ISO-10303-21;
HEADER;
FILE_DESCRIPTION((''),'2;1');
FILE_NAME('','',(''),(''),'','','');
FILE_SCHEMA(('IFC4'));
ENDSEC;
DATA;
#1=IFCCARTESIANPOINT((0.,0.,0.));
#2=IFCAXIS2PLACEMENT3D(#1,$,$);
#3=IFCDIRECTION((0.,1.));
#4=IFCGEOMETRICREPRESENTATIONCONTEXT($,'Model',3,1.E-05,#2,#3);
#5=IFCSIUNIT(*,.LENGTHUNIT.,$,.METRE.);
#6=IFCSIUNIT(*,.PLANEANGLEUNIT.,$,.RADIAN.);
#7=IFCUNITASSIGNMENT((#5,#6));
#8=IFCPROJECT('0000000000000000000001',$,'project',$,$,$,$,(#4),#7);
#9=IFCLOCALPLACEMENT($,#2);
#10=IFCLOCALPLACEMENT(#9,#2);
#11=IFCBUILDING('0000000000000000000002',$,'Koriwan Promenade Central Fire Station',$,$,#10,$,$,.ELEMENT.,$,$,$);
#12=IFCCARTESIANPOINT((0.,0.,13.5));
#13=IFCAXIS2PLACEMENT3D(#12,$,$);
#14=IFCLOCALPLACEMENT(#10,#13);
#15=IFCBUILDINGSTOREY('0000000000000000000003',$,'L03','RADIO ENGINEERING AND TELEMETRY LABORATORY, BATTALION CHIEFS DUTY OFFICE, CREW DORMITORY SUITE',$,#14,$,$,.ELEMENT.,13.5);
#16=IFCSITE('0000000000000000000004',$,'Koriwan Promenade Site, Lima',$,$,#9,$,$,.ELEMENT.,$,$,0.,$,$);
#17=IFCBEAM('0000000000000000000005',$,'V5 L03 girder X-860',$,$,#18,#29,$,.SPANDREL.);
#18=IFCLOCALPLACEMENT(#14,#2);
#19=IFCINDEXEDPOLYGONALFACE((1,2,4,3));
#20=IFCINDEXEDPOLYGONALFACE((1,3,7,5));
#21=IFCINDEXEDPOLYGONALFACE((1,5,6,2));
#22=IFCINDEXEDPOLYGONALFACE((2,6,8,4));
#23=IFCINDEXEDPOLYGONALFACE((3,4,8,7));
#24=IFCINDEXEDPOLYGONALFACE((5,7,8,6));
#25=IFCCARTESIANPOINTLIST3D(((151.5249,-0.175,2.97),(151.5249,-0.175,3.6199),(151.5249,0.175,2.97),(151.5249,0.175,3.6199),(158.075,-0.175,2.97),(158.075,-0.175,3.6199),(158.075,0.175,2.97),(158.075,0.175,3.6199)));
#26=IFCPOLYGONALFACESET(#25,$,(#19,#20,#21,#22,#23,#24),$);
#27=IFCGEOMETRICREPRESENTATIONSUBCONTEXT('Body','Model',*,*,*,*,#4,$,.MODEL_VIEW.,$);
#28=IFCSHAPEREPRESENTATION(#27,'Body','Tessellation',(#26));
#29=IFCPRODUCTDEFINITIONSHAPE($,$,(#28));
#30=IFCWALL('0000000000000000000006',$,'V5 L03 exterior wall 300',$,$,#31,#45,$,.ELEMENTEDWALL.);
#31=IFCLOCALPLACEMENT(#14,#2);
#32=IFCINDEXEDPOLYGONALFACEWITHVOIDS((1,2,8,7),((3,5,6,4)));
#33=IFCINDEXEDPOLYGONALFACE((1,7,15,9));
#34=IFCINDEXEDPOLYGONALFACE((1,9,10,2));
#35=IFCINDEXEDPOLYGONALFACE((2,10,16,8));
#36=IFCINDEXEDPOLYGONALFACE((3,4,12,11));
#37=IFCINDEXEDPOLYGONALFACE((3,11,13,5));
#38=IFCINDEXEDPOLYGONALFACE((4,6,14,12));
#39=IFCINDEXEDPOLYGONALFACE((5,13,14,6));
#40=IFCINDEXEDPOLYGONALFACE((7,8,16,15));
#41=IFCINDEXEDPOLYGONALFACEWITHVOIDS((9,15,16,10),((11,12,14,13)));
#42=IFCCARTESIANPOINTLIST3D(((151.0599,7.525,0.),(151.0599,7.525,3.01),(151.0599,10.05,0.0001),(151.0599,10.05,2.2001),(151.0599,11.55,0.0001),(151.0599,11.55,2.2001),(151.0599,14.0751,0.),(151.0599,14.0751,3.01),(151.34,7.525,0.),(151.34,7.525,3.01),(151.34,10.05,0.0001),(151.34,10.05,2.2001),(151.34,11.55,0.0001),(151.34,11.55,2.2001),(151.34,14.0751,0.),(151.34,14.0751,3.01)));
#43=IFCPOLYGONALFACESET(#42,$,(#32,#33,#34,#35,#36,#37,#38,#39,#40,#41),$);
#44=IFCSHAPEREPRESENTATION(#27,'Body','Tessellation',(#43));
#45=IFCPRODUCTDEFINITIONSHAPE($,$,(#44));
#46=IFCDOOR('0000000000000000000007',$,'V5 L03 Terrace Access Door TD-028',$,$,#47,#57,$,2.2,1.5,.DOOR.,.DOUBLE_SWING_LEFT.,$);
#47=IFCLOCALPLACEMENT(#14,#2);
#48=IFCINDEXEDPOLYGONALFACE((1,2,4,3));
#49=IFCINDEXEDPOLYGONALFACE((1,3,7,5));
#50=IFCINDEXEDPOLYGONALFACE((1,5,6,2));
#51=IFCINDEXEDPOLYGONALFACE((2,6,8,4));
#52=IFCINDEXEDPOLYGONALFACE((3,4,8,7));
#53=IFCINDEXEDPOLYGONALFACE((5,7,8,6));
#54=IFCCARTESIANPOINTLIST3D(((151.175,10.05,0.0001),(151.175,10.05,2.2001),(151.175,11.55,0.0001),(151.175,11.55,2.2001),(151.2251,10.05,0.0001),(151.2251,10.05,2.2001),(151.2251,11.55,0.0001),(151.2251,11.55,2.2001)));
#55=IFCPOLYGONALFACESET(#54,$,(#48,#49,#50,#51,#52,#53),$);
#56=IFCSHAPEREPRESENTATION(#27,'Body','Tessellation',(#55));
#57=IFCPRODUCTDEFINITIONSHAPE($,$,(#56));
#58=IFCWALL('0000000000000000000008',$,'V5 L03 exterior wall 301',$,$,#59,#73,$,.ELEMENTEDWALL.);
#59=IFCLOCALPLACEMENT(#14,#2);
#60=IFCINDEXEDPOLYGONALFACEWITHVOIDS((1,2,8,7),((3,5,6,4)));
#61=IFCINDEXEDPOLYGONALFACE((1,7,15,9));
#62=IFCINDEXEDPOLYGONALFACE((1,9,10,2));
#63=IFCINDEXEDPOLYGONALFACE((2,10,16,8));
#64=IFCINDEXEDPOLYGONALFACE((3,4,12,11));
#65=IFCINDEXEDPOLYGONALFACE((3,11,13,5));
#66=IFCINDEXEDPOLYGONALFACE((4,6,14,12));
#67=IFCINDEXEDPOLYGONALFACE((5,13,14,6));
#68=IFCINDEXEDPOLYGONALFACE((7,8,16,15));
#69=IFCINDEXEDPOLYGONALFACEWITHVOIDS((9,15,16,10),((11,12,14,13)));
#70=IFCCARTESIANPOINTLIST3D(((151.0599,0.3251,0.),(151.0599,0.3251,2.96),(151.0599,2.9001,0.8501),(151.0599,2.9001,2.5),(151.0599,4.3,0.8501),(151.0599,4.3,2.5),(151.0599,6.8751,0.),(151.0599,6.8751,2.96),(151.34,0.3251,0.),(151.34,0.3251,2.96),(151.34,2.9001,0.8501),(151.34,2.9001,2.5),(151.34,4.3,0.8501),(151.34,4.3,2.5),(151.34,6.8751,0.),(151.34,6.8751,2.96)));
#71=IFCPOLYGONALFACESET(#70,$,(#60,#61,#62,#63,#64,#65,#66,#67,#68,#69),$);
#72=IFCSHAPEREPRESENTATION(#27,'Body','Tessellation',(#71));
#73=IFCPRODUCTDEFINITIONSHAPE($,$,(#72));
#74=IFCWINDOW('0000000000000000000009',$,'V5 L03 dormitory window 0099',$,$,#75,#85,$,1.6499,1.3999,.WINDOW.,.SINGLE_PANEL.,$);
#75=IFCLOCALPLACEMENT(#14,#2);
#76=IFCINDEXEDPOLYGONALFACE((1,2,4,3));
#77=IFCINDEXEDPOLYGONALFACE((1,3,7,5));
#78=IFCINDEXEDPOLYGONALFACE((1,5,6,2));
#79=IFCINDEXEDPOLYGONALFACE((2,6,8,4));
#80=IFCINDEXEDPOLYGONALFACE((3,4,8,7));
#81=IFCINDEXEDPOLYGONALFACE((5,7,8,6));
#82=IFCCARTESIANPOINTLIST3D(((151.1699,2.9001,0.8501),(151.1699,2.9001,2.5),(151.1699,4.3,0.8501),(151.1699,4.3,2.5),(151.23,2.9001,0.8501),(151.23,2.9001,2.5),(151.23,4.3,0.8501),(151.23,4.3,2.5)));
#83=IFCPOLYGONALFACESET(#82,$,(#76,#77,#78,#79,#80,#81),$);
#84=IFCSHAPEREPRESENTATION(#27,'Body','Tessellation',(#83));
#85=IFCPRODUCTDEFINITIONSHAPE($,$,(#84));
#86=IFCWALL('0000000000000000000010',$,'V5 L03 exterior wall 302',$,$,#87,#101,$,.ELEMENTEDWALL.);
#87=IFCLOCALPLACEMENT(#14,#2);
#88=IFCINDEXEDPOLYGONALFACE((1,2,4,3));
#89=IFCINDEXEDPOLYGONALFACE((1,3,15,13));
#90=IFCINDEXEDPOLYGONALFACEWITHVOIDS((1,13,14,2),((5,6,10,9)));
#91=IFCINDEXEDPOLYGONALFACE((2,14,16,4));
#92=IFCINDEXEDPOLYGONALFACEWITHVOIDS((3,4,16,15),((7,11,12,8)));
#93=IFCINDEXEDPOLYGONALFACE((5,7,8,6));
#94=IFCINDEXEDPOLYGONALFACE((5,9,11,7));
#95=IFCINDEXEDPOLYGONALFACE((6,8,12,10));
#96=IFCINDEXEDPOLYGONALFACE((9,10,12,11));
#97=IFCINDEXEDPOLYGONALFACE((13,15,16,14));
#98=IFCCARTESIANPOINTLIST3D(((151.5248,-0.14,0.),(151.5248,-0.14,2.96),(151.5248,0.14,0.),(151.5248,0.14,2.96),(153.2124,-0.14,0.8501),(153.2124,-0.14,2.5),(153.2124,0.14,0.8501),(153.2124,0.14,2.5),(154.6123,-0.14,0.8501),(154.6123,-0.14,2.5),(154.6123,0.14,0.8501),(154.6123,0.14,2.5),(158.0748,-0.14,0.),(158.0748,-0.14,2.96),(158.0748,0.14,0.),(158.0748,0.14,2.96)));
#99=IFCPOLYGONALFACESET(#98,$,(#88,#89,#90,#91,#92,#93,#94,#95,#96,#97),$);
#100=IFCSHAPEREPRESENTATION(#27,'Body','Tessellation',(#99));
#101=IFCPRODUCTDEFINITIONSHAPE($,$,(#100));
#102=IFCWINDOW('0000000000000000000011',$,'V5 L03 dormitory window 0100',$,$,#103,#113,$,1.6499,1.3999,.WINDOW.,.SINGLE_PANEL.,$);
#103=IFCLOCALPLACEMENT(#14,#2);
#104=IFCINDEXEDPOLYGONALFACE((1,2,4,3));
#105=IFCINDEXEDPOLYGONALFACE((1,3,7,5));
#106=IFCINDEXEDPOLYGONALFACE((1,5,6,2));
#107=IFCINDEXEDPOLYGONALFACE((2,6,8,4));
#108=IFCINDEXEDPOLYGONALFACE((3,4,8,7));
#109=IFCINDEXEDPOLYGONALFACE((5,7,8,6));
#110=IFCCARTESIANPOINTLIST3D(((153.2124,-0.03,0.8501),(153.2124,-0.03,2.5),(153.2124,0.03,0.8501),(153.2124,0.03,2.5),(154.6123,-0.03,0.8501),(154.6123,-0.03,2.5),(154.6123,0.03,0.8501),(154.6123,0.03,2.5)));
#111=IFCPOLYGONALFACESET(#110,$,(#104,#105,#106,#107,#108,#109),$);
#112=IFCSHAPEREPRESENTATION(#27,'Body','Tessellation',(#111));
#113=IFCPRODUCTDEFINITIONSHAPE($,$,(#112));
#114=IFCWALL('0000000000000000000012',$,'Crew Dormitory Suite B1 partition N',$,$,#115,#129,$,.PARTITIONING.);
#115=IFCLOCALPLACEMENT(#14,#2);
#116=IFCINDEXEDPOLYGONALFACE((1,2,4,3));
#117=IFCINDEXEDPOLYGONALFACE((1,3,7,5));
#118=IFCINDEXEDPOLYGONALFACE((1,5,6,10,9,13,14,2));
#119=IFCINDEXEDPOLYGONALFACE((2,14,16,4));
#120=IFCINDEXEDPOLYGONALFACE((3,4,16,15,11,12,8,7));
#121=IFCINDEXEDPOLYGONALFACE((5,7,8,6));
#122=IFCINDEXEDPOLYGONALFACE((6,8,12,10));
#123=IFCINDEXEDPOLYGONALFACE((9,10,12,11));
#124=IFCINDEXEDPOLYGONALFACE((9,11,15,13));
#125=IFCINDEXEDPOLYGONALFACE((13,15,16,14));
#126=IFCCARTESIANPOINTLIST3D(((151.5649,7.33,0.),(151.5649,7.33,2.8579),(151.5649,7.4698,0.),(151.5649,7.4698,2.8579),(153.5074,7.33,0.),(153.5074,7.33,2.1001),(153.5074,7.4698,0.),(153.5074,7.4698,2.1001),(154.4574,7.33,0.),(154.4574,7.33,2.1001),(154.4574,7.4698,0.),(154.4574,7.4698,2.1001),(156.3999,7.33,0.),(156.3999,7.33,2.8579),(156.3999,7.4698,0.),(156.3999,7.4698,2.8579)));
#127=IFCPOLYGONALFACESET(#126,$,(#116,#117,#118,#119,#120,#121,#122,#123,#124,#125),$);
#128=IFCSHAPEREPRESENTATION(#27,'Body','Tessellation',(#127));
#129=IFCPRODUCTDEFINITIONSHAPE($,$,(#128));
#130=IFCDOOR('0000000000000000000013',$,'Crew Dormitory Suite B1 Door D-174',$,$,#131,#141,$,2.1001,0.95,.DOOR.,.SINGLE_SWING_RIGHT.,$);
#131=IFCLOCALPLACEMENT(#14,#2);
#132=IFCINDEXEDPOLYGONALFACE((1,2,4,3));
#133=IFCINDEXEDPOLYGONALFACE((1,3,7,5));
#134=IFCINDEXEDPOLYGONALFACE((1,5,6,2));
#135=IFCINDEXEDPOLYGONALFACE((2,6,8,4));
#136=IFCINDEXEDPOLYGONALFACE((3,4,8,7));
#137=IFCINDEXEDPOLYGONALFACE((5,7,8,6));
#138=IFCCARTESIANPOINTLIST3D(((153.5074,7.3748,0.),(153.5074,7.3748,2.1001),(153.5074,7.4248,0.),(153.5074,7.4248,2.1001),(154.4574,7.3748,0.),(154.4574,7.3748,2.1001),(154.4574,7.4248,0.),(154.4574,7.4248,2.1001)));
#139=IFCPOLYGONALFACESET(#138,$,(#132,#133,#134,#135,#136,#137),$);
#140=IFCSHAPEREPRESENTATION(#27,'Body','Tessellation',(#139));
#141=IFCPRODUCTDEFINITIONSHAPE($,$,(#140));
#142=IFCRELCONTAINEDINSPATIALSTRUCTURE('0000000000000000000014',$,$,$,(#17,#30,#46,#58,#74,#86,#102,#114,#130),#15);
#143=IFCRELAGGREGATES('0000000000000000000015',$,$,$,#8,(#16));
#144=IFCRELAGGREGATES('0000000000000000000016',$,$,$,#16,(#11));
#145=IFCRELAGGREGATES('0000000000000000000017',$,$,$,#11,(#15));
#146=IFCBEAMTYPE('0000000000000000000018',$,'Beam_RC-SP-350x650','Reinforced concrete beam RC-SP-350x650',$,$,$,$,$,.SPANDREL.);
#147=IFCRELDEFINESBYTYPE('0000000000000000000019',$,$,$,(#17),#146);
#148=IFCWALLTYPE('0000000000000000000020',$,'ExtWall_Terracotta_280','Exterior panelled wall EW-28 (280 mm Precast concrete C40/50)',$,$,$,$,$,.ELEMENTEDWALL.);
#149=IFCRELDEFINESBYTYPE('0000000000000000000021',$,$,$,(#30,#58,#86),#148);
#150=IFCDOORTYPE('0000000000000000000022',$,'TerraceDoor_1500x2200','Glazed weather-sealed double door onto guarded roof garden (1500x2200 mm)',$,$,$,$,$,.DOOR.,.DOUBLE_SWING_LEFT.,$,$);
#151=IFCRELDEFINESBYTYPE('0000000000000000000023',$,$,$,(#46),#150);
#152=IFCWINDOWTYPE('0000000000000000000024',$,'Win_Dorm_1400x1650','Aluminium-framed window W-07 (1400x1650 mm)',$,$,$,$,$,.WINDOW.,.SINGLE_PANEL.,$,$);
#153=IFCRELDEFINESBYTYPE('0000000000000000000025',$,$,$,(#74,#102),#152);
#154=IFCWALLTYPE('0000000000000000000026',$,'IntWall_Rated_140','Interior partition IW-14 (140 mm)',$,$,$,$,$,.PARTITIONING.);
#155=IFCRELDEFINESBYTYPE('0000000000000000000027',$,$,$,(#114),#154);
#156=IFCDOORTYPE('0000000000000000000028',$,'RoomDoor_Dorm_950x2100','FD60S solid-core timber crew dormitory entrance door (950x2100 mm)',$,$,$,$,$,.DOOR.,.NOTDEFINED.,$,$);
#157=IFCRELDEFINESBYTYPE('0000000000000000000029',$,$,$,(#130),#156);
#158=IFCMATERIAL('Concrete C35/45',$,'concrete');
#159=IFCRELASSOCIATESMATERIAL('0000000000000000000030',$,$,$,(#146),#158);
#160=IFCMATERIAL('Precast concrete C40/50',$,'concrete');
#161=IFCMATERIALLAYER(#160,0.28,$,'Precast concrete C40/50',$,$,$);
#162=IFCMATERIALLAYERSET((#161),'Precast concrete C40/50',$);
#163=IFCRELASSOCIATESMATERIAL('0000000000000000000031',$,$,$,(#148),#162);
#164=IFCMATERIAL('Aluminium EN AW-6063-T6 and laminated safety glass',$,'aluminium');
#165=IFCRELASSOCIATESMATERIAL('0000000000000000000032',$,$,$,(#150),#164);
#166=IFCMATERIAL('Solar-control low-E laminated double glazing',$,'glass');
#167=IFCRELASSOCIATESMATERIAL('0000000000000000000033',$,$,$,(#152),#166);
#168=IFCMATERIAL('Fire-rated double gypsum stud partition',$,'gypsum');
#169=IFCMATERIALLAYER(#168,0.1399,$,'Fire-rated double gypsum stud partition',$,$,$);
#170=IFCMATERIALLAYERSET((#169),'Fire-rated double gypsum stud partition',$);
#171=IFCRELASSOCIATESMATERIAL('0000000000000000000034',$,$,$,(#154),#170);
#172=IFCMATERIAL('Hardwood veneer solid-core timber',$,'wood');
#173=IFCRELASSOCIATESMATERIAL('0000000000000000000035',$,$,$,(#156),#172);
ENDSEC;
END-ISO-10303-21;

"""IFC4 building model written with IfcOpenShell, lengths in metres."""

from ifc_helpers import new_model, si_unit, direction, frame, frame_2d, origin, origin_2d, place, context, subcontext, project, spatial, rectangle, extrude, material, layer, layer_set, material_profile, profile_set, type_object, element, fill, save


model = new_model("IFC4")

# Units and contexts
model_context = context("Model", 3, precision=1e-05, world=origin(), true_north=direction((0.0, 1.0)))
body_context = subcontext(model_context, "Body", "Model", "MODEL_VIEW")
ifc_project = project(units=[si_unit("LENGTHUNIT", "METRE"), si_unit("PLANEANGLEUNIT", "RADIAN")], contexts=[model_context])

# Site, building, storey
site_placement = place(None, origin())
site = spatial("IfcSite", under=ifc_project, at=site_placement, Name="Koriwan Promenade Site, Lima", CompositionType="ELEMENT", RefElevation=0.0)
building_placement = place(site_placement, origin())
building = spatial("IfcBuilding", under=site, at=building_placement, Name="Koriwan Promenade Central Fire Station", CompositionType="ELEMENT")
storey_placement = place(building_placement, frame((0.0, 0.0, 13.5)))
storey = spatial("IfcBuildingStorey", under=building, at=storey_placement, Name="L03", Description="RADIO ENGINEERING AND TELEMETRY LABORATORY, BATTALION CHIEFS DUTY OFFICE, CREW DORMITORY SUITE", CompositionType="ELEMENT", Elevation=13.5)

# Beam
ifc_material_1 = material(Name="Concrete C35/45", Category="concrete")
ifc_material_profile_1 = material_profile(ifc_material_1, rectangle(XDim=0.3501, YDim=0.6499, at=origin_2d()), Name="RC-SP-350x650")
ifc_profile_set_1 = profile_set([ifc_material_profile_1], Name="Concrete C35/45")
beam_type_1 = type_object("IfcBeamType", Name="Beam_RC-SP-350x650", Description="Reinforced concrete beam RC-SP-350x650", PredefinedType="SPANDREL", material=ifc_profile_set_1)
beam_1_placement = place(storey_placement, frame((151.5249, 0.0, 3.2949), z_axis=(1.0, 0.0, 0.0), x_axis=(0.0, 1.0, 0.0)))
element("IfcBeam", 1, at=beam_1_placement, inside=storey, type_object=beam_type_1, Name="V5 L03 girder X-860", PredefinedType="SPANDREL", context=body_context, shape_type="SweptSolid", body=[
    extrude(rectangle(XDim=0.3501, YDim=0.6499, at=origin_2d()), origin(), (0.0, 0.0, 1.0), 6.55),
])

# Wall, opening, door
ifc_material_2 = material(Name="Precast concrete C40/50", Category="concrete")
ifc_layer_1 = layer(ifc_material_2, 0.28, Name="Precast concrete C40/50")
ifc_layer_set_1 = layer_set([ifc_layer_1], Name="Precast concrete C40/50")
wall_type_1 = type_object("IfcWallType", Name="ExtWall_Terracotta_280", Description="Exterior panelled wall EW-28 (280 mm Precast concrete C40/50)", PredefinedType="ELEMENTEDWALL", material=ifc_layer_set_1)
wall_1_placement = place(storey_placement, frame((151.2, 14.075, 0.0), z_axis=(0.0, 0.0, 1.0), x_axis=(0.0, -1.0, 0.0)))
wall_1 = element("IfcWall", 2, at=wall_1_placement, inside=storey, type_object=wall_type_1, Name="V5 L03 exterior wall 300", PredefinedType="ELEMENTEDWALL", context=body_context, shape_type="SweptSolid", body=[
    extrude(rectangle(XDim=6.55, YDim=0.28, at=frame_2d((3.2749, 0.0))), origin(), (0.0, 0.0, 1.0), 3.01),
])
opening_1_placement = place(wall_1_placement, frame((2.5249, 0.0, 0.0)))
opening_1 = element("IfcOpeningElement", 3, at=opening_1_placement, cuts=wall_1, PredefinedType="OPENING", context=body_context, shape_type="SweptSolid", body=[
    extrude(rectangle(XDim=1.5, YDim=2.2, at=frame_2d((0.75, 1.1001))), frame((0.0, 0.1519, 0.0), z_axis=(0.0, -1.0, 0.0), x_axis=(1.0, 0.0, 0.0)), (0.0, 0.0, 1.0), 0.304),
])
ifc_material_3 = material(Name="Aluminium EN AW-6063-T6 and laminated safety glass", Category="aluminium")
door_type_1 = type_object("IfcDoorType", Name="TerraceDoor_1500x2200", Description="Glazed weather-sealed double door onto guarded roof garden (1500x2200 mm)", OperationType="DOUBLE_SWING_LEFT", PredefinedType="DOOR", material=ifc_material_3)
door_1_placement = place(opening_1_placement, frame((1.5, 0.0, 0.0), z_axis=(0.0, 0.0, 1.0), x_axis=(-1.0, 0.0, 0.0)))
door_1 = element("IfcDoor", 4, at=door_1_placement, inside=storey, type_object=door_type_1, Name="V5 L03 Terrace Access Door TD-028", OperationType="DOUBLE_SWING_LEFT", OverallHeight=2.2, OverallWidth=1.5, PredefinedType="DOOR", context=body_context, shape_type="SweptSolid", body=[
    extrude(rectangle(XDim=1.5, YDim=2.2, at=frame_2d((0.75, 1.1001))), frame((0.0, 0.0249, 0.0), z_axis=(0.0, -1.0, 0.0), x_axis=(1.0, 0.0, 0.0)), (0.0, 0.0, 1.0), 0.05),
])
fill(opening_1, door_1)

# Walls, openings, windows
wall_2_placement = place(storey_placement, frame((151.2, 6.875, 0.0), z_axis=(0.0, 0.0, 1.0), x_axis=(0.0, -1.0, 0.0)))
wall_2 = element("IfcWall", 5, at=wall_2_placement, inside=storey, type_object=wall_type_1, Name="V5 L03 exterior wall 301", PredefinedType="ELEMENTEDWALL", context=body_context, shape_type="SweptSolid", body=[
    extrude(rectangle(XDim=6.55, YDim=0.28, at=frame_2d((3.2749, 0.0))), origin(), (0.0, 0.0, 1.0), 2.96),
])
opening_2_placement = place(wall_2_placement, frame((2.575, 0.0, 0.8501)))
opening_2 = element("IfcOpeningElement", 6, at=opening_2_placement, cuts=wall_2, PredefinedType="OPENING", context=body_context, shape_type="SweptSolid", body=[
    extrude(rectangle(XDim=1.3999, YDim=1.6499, at=frame_2d((0.7, 0.825))), frame((0.0, 0.1519, 0.0), z_axis=(0.0, -1.0, 0.0), x_axis=(1.0, 0.0, 0.0)), (0.0, 0.0, 1.0), 0.304),
])
ifc_material_4 = material(Name="Solar-control low-E laminated double glazing", Category="glass")
window_type = type_object("IfcWindowType", Name="Win_Dorm_1400x1650", Description="Aluminium-framed window W-07 (1400x1650 mm)", PartitioningType="SINGLE_PANEL", PredefinedType="WINDOW", material=ifc_material_4)
window_1_placement = place(opening_2_placement, origin())
window_1 = element("IfcWindow", 7, at=window_1_placement, inside=storey, type_object=window_type, Name="V5 L03 dormitory window 0099", OverallHeight=1.6499, OverallWidth=1.3999, PartitioningType="SINGLE_PANEL", PredefinedType="WINDOW", context=body_context, shape_type="SweptSolid", body=[
    extrude(rectangle(XDim=1.3999, YDim=1.6499, at=frame_2d((0.7, 0.825))), frame((0.0, 0.03, 0.0), z_axis=(0.0, -1.0, 0.0), x_axis=(1.0, 0.0, 0.0)), (0.0, 0.0, 1.0), 0.0601),
])
fill(opening_2, window_1)
wall_3_placement = place(storey_placement, frame((151.5249, 0.0, 0.0), z_axis=(0.0, 0.0, 1.0), x_axis=(1.0, 0.0, 0.0)))
wall_3 = element("IfcWall", 8, at=wall_3_placement, inside=storey, type_object=wall_type_1, Name="V5 L03 exterior wall 302", PredefinedType="ELEMENTEDWALL", context=body_context, shape_type="SweptSolid", body=[
    extrude(rectangle(XDim=6.55, YDim=0.28, at=frame_2d((3.2749, 0.0))), origin(), (0.0, 0.0, 1.0), 2.96),
])
opening_3_placement = place(wall_3_placement, frame((1.6875, 0.0, 0.8501)))
opening_3 = element("IfcOpeningElement", 9, at=opening_3_placement, cuts=wall_3, PredefinedType="OPENING", context=body_context, shape_type="SweptSolid", body=[
    extrude(rectangle(XDim=1.3999, YDim=1.6499, at=frame_2d((0.7, 0.825))), frame((0.0, 0.1519, 0.0), z_axis=(0.0, -1.0, 0.0), x_axis=(1.0, 0.0, 0.0)), (0.0, 0.0, 1.0), 0.304),
])
window_2_placement = place(opening_3_placement, origin())
window_2 = element("IfcWindow", 10, at=window_2_placement, inside=storey, type_object=window_type, Name="V5 L03 dormitory window 0100", OverallHeight=1.6499, OverallWidth=1.3999, PartitioningType="SINGLE_PANEL", PredefinedType="WINDOW", context=body_context, shape_type="SweptSolid", body=[
    extrude(rectangle(XDim=1.3999, YDim=1.6499, at=frame_2d((0.7, 0.825))), frame((0.0, 0.03, 0.0), z_axis=(0.0, -1.0, 0.0), x_axis=(1.0, 0.0, 0.0)), (0.0, 0.0, 1.0), 0.0601),
])
fill(opening_3, window_2)

# Wall, opening, door
ifc_material_5 = material(Name="Fire-rated double gypsum stud partition", Category="gypsum")
ifc_layer_2 = layer(ifc_material_5, 0.1399, Name="Fire-rated double gypsum stud partition")
ifc_layer_set_2 = layer_set([ifc_layer_2], Name="Fire-rated double gypsum stud partition")
wall_type_2 = type_object("IfcWallType", Name="IntWall_Rated_140", Description="Interior partition IW-14 (140 mm)", PredefinedType="PARTITIONING", material=ifc_layer_set_2)
wall_4_placement = place(storey_placement, frame((151.5649, 7.3999, 0.0), z_axis=(0.0, 0.0, 1.0), x_axis=(1.0, 0.0, 0.0)))
wall_4 = element("IfcWall", 11, at=wall_4_placement, inside=storey, type_object=wall_type_2, Name="Crew Dormitory Suite B1 partition N", PredefinedType="PARTITIONING", context=body_context, shape_type="SweptSolid", body=[
    extrude(rectangle(XDim=4.835, YDim=0.1399, at=frame_2d((2.4175, 0.0))), origin(), (0.0, 0.0, 1.0), 2.8579),
])
opening_4_placement = place(wall_4_placement, frame((1.9424, 0.0, 0.0)))
opening_4 = element("IfcOpeningElement", 12, at=opening_4_placement, cuts=wall_4, PredefinedType="OPENING", context=body_context, shape_type="SweptSolid", body=[
    extrude(rectangle(XDim=0.95, YDim=2.1001, at=frame_2d((0.4751, 1.05))), frame((0.0, 0.082, 0.0), z_axis=(0.0, -1.0, 0.0), x_axis=(1.0, 0.0, 0.0)), (0.0, 0.0, 1.0), 0.1638),
])
ifc_material_6 = material(Name="Hardwood veneer solid-core timber", Category="wood")
door_type_2 = type_object("IfcDoorType", Name="RoomDoor_Dorm_950x2100", Description="FD60S solid-core timber crew dormitory entrance door (950x2100 mm)", OperationType="NOTDEFINED", PredefinedType="DOOR", material=ifc_material_6)
door_2_placement = place(opening_4_placement, origin())
door_2 = element("IfcDoor", 13, at=door_2_placement, inside=storey, type_object=door_type_2, Name="Crew Dormitory Suite B1 Door D-174", OperationType="SINGLE_SWING_RIGHT", OverallHeight=2.1001, OverallWidth=0.95, PredefinedType="DOOR", context=body_context, shape_type="SweptSolid", body=[
    extrude(rectangle(XDim=0.95, YDim=2.1001, at=frame_2d((0.4751, 1.05))), frame((0.0, 0.0249, 0.0), z_axis=(0.0, -1.0, 0.0), x_axis=(1.0, 0.0, 0.0)), (0.0, 0.0, 1.0), 0.05),
])
fill(opening_4, door_2)

save(model, "model.ifc")
